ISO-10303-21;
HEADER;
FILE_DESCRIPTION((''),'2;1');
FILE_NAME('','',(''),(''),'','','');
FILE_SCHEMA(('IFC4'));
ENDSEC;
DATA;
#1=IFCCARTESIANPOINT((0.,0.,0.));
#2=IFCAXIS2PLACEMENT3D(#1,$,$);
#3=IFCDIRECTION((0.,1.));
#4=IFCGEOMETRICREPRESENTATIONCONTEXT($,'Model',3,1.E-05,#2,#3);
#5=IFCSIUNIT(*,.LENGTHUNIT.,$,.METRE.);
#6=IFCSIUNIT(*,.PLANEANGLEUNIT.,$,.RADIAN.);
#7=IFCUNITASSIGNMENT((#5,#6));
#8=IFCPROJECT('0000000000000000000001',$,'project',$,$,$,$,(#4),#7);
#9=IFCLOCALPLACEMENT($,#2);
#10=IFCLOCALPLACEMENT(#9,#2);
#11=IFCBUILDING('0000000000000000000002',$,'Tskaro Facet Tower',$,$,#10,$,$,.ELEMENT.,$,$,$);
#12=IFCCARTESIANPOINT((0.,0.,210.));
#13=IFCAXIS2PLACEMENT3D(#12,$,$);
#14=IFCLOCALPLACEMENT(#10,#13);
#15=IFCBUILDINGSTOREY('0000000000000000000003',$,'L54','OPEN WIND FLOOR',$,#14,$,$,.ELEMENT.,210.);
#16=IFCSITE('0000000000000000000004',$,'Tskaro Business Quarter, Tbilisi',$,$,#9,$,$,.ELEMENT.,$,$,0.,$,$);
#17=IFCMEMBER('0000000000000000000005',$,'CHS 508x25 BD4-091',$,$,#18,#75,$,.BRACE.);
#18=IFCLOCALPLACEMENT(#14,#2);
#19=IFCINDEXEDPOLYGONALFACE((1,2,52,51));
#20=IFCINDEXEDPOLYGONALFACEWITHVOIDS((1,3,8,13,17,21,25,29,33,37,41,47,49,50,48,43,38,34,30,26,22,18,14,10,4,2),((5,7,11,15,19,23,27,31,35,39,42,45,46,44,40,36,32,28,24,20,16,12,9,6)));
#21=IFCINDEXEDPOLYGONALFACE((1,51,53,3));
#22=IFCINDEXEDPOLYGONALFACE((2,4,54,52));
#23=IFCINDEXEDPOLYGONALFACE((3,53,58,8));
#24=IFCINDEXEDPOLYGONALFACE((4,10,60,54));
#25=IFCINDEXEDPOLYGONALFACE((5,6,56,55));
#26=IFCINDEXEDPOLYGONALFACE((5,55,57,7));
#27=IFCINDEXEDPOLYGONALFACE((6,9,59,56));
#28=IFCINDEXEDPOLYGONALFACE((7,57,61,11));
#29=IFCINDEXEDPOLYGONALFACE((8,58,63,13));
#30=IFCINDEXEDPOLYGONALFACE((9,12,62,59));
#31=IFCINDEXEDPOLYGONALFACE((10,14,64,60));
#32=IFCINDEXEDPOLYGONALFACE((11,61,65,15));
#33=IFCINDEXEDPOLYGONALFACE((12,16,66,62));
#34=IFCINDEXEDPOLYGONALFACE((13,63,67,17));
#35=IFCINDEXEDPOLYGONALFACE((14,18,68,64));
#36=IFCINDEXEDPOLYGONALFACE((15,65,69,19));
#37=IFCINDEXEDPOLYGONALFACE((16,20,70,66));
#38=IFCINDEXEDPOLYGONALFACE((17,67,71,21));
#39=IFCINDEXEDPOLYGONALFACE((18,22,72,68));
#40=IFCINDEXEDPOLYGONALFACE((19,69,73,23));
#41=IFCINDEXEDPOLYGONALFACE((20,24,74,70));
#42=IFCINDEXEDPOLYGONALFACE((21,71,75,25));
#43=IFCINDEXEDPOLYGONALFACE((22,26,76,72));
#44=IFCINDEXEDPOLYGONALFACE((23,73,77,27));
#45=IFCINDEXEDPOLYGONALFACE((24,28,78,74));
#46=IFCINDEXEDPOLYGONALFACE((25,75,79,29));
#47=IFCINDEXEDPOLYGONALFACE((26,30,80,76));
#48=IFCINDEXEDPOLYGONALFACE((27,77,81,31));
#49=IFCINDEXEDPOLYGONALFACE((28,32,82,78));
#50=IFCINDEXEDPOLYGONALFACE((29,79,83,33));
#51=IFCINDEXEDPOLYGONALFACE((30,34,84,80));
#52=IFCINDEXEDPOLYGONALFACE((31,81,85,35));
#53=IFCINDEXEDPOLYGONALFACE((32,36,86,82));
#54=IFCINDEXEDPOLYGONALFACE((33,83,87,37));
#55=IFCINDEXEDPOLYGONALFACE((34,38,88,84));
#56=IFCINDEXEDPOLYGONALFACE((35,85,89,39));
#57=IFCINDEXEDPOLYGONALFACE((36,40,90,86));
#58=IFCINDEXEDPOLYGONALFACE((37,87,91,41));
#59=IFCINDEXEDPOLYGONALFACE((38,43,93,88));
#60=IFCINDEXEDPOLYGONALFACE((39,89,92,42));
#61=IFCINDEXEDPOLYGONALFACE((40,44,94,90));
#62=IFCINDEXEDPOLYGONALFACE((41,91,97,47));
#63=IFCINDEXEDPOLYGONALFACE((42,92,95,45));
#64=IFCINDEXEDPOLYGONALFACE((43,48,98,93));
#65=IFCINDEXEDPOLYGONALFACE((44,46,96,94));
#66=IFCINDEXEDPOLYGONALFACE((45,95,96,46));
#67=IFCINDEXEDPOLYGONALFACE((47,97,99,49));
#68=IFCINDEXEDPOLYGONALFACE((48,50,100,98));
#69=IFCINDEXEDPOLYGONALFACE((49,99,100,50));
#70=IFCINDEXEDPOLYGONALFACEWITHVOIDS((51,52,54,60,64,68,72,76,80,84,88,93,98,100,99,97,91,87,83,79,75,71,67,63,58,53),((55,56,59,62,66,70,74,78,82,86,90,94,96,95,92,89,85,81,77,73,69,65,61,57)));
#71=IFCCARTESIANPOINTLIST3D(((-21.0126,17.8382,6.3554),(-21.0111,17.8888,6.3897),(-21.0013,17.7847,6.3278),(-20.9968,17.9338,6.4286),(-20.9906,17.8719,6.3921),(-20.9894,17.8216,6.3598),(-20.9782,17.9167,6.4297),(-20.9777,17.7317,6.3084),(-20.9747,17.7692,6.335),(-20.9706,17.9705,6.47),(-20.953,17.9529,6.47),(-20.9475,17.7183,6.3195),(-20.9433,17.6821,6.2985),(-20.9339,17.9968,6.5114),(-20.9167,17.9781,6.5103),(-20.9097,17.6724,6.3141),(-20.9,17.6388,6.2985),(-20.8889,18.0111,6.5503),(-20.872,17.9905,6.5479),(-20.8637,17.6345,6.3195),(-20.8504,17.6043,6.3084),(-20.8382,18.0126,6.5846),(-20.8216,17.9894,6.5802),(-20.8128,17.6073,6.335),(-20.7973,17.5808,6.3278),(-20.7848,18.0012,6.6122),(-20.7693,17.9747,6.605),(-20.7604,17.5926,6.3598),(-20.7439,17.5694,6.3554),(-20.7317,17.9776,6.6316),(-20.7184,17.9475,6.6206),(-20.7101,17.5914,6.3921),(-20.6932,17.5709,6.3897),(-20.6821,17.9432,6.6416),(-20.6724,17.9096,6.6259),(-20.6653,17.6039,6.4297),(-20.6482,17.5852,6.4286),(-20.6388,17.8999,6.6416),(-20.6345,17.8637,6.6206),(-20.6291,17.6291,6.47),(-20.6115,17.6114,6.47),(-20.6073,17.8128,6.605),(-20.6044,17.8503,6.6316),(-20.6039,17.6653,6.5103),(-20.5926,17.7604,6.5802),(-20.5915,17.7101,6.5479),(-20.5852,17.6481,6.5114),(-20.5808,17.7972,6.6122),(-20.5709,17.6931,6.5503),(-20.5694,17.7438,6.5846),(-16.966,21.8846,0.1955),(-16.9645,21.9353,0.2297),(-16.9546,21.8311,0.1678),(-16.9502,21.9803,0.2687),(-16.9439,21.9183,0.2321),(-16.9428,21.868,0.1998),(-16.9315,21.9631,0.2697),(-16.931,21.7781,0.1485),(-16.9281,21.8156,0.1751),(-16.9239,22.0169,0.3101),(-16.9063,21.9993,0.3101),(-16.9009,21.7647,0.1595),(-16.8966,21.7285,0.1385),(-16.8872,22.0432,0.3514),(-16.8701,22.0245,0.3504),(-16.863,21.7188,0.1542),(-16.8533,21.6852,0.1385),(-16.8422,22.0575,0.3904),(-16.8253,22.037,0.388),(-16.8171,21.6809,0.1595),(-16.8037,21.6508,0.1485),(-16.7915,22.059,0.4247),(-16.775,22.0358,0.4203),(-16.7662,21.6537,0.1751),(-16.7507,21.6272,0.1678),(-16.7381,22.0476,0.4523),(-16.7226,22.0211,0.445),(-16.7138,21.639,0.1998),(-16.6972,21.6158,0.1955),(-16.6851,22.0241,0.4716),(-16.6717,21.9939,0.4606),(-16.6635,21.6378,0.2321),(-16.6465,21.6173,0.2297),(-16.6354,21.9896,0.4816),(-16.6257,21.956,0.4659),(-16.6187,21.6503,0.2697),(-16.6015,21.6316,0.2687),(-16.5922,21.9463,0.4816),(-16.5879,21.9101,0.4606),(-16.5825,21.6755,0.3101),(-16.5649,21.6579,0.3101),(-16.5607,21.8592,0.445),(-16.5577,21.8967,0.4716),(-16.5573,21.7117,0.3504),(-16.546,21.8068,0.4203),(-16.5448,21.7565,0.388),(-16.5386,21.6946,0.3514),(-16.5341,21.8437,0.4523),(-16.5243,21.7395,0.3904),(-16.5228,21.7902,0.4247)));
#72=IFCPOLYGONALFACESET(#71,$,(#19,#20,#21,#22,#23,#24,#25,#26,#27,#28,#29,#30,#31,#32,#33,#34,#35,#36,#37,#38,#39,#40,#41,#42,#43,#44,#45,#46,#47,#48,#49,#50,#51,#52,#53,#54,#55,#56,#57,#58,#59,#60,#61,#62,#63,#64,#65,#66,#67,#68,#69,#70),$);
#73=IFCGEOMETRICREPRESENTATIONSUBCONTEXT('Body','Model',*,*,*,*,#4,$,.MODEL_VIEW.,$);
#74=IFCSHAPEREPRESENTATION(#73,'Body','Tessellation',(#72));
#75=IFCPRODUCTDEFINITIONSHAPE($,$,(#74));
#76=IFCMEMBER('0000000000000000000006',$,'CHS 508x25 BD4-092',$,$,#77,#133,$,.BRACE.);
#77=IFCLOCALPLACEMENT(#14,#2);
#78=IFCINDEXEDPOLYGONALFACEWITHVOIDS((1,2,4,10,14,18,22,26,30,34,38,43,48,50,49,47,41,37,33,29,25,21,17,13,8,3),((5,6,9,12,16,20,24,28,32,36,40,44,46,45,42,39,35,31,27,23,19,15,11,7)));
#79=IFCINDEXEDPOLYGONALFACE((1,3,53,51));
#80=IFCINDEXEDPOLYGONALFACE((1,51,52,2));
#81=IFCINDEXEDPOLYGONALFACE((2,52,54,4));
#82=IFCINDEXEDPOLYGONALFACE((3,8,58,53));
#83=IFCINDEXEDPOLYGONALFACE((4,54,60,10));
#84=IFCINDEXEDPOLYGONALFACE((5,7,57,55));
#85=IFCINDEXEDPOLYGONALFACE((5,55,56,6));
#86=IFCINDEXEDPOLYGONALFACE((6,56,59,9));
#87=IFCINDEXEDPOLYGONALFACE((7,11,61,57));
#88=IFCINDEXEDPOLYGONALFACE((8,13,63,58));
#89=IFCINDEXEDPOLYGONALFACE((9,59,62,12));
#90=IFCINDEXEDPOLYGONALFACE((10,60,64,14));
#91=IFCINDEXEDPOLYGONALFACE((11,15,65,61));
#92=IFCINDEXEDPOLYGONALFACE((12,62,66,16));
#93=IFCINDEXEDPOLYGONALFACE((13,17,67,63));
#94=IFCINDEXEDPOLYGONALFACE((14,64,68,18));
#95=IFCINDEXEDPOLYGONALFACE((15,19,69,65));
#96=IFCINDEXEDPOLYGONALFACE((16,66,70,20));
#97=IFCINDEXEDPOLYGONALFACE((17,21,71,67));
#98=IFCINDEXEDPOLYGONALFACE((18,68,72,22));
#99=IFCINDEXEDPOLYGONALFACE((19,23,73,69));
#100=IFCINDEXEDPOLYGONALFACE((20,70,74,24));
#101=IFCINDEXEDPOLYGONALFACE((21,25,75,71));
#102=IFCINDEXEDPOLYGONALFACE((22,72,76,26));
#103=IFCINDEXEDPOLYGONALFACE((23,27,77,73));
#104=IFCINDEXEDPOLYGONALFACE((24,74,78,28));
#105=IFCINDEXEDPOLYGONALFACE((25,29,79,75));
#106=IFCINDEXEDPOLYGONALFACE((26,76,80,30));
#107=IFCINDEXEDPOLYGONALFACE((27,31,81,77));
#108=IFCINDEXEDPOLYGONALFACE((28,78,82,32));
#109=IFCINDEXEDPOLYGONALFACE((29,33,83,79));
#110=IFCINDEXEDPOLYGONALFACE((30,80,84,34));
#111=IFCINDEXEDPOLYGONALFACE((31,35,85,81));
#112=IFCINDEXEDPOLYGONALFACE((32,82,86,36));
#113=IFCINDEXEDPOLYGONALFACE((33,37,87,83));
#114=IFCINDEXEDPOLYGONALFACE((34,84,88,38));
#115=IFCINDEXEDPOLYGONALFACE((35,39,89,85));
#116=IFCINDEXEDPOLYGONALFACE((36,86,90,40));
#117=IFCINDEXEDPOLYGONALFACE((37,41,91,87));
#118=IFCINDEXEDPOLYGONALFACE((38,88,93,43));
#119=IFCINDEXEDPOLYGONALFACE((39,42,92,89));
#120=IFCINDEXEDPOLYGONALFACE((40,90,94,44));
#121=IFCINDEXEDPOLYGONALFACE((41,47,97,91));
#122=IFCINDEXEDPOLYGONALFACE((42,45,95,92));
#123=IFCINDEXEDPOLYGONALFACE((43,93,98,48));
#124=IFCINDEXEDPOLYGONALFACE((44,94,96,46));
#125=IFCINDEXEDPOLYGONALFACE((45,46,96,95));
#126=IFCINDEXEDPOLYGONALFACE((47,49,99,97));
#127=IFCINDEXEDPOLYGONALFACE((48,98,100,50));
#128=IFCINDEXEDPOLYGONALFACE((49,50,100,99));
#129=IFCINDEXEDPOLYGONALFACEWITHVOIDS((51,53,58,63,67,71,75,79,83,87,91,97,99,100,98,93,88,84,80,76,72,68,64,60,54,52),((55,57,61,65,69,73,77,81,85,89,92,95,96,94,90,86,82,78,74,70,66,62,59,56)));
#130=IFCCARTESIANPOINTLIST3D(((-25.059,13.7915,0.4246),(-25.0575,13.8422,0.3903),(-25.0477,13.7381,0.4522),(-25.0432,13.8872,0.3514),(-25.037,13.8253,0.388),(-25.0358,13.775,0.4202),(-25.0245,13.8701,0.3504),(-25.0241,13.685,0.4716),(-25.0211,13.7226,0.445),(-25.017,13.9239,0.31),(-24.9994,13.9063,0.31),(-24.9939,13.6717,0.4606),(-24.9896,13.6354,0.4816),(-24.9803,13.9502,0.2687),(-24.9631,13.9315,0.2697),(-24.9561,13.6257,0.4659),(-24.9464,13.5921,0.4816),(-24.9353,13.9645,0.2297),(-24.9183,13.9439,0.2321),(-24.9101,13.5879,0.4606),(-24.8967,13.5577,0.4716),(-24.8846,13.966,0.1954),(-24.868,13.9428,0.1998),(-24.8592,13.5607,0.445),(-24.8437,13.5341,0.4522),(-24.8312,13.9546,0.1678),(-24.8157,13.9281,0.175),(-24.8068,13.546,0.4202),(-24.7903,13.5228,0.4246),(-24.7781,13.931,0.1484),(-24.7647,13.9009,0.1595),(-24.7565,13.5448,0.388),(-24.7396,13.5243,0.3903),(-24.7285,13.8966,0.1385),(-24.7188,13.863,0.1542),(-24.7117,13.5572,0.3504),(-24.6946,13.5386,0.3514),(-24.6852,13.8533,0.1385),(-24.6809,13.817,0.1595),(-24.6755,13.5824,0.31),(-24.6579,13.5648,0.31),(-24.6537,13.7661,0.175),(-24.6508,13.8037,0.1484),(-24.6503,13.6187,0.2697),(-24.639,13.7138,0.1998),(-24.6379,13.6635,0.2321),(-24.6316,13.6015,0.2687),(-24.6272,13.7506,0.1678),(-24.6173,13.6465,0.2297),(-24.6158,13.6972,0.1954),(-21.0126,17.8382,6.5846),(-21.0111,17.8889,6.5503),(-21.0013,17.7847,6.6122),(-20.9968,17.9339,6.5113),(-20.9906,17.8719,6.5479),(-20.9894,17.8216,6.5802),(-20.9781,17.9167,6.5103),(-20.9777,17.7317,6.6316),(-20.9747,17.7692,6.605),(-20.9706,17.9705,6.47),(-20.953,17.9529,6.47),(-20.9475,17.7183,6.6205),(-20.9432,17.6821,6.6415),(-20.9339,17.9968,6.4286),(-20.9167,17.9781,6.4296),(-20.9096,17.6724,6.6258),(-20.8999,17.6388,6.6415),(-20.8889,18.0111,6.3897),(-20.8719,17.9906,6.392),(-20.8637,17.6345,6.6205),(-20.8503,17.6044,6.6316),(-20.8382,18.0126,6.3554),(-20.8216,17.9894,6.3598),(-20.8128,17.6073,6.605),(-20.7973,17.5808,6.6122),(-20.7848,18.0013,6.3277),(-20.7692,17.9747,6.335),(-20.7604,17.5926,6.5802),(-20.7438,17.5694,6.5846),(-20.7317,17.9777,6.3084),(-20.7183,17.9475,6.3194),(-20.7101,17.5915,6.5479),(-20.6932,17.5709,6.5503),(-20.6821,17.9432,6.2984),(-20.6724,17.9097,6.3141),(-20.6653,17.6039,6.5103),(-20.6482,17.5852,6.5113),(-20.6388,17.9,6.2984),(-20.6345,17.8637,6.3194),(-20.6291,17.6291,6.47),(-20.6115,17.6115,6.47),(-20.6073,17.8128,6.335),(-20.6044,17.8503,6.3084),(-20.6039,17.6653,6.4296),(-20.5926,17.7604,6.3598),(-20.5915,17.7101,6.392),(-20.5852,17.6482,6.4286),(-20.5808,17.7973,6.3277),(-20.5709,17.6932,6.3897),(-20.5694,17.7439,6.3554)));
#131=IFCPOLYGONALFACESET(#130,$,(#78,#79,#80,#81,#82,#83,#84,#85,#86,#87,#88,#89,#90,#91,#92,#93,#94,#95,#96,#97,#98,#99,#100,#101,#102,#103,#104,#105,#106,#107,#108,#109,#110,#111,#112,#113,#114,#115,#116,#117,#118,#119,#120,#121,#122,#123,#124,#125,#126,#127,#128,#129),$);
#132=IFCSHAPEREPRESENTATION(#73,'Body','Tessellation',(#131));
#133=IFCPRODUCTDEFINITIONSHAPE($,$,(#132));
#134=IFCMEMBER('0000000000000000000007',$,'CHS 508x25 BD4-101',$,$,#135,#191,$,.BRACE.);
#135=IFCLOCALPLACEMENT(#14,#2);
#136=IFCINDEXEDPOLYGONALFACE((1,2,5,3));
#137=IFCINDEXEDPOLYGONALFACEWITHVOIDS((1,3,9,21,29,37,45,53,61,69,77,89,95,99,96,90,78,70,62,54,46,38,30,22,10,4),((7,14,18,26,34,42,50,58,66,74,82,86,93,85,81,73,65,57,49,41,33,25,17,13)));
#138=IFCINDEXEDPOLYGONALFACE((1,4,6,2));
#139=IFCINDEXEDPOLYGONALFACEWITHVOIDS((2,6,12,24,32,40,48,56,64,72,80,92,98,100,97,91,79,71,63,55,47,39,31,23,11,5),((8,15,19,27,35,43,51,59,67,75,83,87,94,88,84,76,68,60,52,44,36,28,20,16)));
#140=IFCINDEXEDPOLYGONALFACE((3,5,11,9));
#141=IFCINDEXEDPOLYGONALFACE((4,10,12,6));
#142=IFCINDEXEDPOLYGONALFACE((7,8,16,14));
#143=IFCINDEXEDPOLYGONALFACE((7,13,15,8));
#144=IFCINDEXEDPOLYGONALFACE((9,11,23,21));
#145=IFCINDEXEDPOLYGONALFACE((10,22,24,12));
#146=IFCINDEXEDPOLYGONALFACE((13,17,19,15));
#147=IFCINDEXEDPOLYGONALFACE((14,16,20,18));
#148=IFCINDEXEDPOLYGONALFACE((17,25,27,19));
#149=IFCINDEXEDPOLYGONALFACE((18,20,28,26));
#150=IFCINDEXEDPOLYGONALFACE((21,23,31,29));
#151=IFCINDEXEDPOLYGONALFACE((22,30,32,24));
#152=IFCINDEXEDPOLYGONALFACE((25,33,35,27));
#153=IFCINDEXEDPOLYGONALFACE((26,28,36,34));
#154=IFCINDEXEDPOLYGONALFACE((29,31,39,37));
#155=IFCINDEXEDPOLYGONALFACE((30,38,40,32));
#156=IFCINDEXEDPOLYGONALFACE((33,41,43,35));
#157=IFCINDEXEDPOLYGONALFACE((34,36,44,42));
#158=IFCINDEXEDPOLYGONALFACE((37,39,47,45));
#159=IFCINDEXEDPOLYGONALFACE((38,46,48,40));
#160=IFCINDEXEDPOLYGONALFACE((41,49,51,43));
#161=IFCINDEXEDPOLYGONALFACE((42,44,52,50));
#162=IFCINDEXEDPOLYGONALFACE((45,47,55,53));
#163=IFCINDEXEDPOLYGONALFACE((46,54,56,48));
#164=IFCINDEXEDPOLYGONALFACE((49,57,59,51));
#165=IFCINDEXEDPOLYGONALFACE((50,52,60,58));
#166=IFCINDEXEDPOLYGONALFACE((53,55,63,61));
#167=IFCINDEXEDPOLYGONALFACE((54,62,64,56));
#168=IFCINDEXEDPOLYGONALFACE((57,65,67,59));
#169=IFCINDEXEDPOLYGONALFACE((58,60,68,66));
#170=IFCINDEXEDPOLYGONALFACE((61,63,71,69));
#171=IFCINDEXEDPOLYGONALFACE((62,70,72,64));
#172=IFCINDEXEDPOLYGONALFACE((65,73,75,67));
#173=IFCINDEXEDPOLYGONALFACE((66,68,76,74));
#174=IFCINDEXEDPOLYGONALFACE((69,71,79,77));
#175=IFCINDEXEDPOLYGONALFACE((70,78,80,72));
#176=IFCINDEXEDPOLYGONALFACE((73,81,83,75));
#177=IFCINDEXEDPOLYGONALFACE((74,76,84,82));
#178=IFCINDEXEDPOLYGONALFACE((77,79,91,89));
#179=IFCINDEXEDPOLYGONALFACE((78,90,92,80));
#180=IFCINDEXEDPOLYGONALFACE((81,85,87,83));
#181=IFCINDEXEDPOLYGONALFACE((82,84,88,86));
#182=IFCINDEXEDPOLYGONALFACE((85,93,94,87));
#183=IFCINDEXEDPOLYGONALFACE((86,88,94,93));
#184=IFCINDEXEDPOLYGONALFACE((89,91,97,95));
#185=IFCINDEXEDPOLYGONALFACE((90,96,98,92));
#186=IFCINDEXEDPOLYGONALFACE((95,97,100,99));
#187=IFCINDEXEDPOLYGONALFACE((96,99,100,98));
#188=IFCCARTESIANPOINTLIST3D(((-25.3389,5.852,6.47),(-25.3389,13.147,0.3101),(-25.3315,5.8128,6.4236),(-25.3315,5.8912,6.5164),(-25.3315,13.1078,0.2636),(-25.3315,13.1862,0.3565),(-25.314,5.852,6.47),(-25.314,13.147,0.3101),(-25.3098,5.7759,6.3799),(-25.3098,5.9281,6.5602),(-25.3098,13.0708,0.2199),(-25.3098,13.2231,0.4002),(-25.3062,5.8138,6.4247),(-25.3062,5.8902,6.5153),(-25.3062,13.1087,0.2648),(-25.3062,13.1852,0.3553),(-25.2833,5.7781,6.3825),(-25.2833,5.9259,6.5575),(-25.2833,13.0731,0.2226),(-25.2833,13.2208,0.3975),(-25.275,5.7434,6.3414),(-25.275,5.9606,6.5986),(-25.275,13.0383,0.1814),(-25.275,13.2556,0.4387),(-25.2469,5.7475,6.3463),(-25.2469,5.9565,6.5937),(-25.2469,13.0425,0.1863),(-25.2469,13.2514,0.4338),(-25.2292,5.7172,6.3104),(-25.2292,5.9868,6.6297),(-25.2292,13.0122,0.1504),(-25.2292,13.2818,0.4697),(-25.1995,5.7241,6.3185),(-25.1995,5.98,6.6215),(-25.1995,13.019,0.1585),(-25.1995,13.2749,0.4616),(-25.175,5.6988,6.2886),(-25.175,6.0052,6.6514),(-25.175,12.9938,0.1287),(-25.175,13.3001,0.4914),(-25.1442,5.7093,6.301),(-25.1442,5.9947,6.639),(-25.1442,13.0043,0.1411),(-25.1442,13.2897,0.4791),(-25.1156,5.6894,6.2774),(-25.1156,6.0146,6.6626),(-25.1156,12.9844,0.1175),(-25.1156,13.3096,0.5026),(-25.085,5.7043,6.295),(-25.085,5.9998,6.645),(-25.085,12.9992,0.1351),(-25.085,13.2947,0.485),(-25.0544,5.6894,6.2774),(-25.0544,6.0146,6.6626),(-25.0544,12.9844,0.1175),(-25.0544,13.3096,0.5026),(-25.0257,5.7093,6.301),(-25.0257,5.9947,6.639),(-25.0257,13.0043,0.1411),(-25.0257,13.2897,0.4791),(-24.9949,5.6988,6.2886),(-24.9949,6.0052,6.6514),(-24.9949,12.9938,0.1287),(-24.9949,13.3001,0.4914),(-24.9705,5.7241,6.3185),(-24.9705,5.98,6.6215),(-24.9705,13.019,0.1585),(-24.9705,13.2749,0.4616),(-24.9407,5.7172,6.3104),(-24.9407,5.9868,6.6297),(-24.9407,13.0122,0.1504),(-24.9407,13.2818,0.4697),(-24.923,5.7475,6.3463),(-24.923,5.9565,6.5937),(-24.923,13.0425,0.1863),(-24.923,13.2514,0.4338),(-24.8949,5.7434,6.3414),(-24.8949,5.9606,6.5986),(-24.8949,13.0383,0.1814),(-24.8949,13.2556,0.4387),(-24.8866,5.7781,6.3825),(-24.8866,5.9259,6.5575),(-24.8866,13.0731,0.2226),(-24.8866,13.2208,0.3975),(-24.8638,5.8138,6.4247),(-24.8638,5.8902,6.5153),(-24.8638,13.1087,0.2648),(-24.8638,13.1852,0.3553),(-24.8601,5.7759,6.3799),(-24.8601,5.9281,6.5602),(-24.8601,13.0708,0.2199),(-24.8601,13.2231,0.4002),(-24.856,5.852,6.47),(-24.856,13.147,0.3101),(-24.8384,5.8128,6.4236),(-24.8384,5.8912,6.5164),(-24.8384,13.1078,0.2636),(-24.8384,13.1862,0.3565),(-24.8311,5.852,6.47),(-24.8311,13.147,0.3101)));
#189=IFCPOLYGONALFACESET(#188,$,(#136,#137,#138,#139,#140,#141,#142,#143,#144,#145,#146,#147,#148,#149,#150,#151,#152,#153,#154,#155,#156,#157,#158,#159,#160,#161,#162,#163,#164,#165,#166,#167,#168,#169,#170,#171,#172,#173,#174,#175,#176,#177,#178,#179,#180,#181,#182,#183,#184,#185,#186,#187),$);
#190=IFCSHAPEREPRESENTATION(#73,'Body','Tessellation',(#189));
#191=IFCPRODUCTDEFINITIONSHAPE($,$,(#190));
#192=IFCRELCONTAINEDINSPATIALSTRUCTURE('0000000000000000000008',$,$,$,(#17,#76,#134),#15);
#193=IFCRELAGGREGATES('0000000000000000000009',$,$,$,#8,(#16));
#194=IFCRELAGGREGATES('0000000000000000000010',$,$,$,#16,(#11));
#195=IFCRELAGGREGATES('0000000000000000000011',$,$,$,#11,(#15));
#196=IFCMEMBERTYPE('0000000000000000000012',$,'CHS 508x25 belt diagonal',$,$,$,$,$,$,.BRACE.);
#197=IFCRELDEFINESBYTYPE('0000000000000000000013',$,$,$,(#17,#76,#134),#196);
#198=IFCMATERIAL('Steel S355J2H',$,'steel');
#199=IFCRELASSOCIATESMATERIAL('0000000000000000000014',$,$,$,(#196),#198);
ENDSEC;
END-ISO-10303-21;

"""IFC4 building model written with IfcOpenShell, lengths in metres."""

from ifc_helpers import new_model, si_unit, direction, frame, origin, origin_2d, place, context, subcontext, project, spatial, hollow_circle, extrude, material, material_profile, profile_set, type_object, element, save


model = new_model("IFC4")

# Units and contexts
model_context = context("Model", 3, precision=1e-05, world=origin(), true_north=direction((0.0, 1.0)))
body_context = subcontext(model_context, "Body", "Model", "MODEL_VIEW")
ifc_project = project(units=[si_unit("LENGTHUNIT", "METRE"), si_unit("PLANEANGLEUNIT", "RADIAN")], contexts=[model_context])

# Site, building, storey
site_placement = place(None, origin())
site = spatial("IfcSite", under=ifc_project, at=site_placement, Name="Tskaro Business Quarter, Tbilisi", CompositionType="ELEMENT", RefElevation=0.0)
building_placement = place(site_placement, origin())
building = spatial("IfcBuilding", under=site, at=building_placement, Name="Tskaro Facet Tower", CompositionType="ELEMENT")
storey_placement = place(building_placement, frame((0.0, 0.0, 210.0)))
storey = spatial("IfcBuildingStorey", under=building, at=storey_placement, Name="L54", Description="OPEN WIND FLOOR", CompositionType="ELEMENT", Elevation=210.0)

# Shared definitions
ifc_material_1 = material(Name="Steel S355J2H", Category="steel")

# Members
ifc_material_profile_1 = material_profile(ifc_material_1, hollow_circle(Radius=0.2539, WallThickness=0.0249, at=origin_2d()), Name="CHS 508x25")
ifc_profile_set_1 = profile_set([ifc_material_profile_1], Name="Steel S355J2H")
member_type_1 = type_object("IfcMemberType", Name="CHS 508x25 belt diagonal", PredefinedType="BRACE", material=ifc_profile_set_1)
for number, where, z_axis, x_axis, name in (
    (1, (-16.7444, 21.8374, 0.3101), (-0.481288, -0.481259, 0.732633), (0.707085, -0.707128, 0.0), "CHS 508x25 BD4-091"),
    (2, (-20.791, 17.791, 6.47), (-0.481259, -0.481288, -0.732633), (0.707128, -0.707085, 0.0), "CHS 508x25 BD4-092"),
):
    element("IfcMember", number, at=place(storey_placement, frame(where, z_axis=z_axis, x_axis=x_axis)), inside=storey, type_object=member_type_1, Name=name, PredefinedType="BRACE", context=body_context, shape_type="SweptSolid", body=[
        extrude(hollow_circle(Radius=0.2539, WallThickness=0.0249, at=origin_2d()), origin(), (0.0, 0.0, 1.0), 8.408),
    ])
member_1_placement = place(storey_placement, frame((-25.085, 13.147, 0.3101), z_axis=(0.0, -0.764043, 0.645166), x_axis=(1.0, 0.0, 0.0)))
element("IfcMember", 3, at=member_1_placement, inside=storey, type_object=member_type_1, Name="CHS 508x25 BD4-101", PredefinedType="BRACE", context=body_context, shape_type="SweptSolid", body=[
    extrude(hollow_circle(Radius=0.2539, WallThickness=0.0249, at=origin_2d()), origin(), (0.0, 0.0, 1.0), 9.5479),
])

save(model, "model.ifc")
